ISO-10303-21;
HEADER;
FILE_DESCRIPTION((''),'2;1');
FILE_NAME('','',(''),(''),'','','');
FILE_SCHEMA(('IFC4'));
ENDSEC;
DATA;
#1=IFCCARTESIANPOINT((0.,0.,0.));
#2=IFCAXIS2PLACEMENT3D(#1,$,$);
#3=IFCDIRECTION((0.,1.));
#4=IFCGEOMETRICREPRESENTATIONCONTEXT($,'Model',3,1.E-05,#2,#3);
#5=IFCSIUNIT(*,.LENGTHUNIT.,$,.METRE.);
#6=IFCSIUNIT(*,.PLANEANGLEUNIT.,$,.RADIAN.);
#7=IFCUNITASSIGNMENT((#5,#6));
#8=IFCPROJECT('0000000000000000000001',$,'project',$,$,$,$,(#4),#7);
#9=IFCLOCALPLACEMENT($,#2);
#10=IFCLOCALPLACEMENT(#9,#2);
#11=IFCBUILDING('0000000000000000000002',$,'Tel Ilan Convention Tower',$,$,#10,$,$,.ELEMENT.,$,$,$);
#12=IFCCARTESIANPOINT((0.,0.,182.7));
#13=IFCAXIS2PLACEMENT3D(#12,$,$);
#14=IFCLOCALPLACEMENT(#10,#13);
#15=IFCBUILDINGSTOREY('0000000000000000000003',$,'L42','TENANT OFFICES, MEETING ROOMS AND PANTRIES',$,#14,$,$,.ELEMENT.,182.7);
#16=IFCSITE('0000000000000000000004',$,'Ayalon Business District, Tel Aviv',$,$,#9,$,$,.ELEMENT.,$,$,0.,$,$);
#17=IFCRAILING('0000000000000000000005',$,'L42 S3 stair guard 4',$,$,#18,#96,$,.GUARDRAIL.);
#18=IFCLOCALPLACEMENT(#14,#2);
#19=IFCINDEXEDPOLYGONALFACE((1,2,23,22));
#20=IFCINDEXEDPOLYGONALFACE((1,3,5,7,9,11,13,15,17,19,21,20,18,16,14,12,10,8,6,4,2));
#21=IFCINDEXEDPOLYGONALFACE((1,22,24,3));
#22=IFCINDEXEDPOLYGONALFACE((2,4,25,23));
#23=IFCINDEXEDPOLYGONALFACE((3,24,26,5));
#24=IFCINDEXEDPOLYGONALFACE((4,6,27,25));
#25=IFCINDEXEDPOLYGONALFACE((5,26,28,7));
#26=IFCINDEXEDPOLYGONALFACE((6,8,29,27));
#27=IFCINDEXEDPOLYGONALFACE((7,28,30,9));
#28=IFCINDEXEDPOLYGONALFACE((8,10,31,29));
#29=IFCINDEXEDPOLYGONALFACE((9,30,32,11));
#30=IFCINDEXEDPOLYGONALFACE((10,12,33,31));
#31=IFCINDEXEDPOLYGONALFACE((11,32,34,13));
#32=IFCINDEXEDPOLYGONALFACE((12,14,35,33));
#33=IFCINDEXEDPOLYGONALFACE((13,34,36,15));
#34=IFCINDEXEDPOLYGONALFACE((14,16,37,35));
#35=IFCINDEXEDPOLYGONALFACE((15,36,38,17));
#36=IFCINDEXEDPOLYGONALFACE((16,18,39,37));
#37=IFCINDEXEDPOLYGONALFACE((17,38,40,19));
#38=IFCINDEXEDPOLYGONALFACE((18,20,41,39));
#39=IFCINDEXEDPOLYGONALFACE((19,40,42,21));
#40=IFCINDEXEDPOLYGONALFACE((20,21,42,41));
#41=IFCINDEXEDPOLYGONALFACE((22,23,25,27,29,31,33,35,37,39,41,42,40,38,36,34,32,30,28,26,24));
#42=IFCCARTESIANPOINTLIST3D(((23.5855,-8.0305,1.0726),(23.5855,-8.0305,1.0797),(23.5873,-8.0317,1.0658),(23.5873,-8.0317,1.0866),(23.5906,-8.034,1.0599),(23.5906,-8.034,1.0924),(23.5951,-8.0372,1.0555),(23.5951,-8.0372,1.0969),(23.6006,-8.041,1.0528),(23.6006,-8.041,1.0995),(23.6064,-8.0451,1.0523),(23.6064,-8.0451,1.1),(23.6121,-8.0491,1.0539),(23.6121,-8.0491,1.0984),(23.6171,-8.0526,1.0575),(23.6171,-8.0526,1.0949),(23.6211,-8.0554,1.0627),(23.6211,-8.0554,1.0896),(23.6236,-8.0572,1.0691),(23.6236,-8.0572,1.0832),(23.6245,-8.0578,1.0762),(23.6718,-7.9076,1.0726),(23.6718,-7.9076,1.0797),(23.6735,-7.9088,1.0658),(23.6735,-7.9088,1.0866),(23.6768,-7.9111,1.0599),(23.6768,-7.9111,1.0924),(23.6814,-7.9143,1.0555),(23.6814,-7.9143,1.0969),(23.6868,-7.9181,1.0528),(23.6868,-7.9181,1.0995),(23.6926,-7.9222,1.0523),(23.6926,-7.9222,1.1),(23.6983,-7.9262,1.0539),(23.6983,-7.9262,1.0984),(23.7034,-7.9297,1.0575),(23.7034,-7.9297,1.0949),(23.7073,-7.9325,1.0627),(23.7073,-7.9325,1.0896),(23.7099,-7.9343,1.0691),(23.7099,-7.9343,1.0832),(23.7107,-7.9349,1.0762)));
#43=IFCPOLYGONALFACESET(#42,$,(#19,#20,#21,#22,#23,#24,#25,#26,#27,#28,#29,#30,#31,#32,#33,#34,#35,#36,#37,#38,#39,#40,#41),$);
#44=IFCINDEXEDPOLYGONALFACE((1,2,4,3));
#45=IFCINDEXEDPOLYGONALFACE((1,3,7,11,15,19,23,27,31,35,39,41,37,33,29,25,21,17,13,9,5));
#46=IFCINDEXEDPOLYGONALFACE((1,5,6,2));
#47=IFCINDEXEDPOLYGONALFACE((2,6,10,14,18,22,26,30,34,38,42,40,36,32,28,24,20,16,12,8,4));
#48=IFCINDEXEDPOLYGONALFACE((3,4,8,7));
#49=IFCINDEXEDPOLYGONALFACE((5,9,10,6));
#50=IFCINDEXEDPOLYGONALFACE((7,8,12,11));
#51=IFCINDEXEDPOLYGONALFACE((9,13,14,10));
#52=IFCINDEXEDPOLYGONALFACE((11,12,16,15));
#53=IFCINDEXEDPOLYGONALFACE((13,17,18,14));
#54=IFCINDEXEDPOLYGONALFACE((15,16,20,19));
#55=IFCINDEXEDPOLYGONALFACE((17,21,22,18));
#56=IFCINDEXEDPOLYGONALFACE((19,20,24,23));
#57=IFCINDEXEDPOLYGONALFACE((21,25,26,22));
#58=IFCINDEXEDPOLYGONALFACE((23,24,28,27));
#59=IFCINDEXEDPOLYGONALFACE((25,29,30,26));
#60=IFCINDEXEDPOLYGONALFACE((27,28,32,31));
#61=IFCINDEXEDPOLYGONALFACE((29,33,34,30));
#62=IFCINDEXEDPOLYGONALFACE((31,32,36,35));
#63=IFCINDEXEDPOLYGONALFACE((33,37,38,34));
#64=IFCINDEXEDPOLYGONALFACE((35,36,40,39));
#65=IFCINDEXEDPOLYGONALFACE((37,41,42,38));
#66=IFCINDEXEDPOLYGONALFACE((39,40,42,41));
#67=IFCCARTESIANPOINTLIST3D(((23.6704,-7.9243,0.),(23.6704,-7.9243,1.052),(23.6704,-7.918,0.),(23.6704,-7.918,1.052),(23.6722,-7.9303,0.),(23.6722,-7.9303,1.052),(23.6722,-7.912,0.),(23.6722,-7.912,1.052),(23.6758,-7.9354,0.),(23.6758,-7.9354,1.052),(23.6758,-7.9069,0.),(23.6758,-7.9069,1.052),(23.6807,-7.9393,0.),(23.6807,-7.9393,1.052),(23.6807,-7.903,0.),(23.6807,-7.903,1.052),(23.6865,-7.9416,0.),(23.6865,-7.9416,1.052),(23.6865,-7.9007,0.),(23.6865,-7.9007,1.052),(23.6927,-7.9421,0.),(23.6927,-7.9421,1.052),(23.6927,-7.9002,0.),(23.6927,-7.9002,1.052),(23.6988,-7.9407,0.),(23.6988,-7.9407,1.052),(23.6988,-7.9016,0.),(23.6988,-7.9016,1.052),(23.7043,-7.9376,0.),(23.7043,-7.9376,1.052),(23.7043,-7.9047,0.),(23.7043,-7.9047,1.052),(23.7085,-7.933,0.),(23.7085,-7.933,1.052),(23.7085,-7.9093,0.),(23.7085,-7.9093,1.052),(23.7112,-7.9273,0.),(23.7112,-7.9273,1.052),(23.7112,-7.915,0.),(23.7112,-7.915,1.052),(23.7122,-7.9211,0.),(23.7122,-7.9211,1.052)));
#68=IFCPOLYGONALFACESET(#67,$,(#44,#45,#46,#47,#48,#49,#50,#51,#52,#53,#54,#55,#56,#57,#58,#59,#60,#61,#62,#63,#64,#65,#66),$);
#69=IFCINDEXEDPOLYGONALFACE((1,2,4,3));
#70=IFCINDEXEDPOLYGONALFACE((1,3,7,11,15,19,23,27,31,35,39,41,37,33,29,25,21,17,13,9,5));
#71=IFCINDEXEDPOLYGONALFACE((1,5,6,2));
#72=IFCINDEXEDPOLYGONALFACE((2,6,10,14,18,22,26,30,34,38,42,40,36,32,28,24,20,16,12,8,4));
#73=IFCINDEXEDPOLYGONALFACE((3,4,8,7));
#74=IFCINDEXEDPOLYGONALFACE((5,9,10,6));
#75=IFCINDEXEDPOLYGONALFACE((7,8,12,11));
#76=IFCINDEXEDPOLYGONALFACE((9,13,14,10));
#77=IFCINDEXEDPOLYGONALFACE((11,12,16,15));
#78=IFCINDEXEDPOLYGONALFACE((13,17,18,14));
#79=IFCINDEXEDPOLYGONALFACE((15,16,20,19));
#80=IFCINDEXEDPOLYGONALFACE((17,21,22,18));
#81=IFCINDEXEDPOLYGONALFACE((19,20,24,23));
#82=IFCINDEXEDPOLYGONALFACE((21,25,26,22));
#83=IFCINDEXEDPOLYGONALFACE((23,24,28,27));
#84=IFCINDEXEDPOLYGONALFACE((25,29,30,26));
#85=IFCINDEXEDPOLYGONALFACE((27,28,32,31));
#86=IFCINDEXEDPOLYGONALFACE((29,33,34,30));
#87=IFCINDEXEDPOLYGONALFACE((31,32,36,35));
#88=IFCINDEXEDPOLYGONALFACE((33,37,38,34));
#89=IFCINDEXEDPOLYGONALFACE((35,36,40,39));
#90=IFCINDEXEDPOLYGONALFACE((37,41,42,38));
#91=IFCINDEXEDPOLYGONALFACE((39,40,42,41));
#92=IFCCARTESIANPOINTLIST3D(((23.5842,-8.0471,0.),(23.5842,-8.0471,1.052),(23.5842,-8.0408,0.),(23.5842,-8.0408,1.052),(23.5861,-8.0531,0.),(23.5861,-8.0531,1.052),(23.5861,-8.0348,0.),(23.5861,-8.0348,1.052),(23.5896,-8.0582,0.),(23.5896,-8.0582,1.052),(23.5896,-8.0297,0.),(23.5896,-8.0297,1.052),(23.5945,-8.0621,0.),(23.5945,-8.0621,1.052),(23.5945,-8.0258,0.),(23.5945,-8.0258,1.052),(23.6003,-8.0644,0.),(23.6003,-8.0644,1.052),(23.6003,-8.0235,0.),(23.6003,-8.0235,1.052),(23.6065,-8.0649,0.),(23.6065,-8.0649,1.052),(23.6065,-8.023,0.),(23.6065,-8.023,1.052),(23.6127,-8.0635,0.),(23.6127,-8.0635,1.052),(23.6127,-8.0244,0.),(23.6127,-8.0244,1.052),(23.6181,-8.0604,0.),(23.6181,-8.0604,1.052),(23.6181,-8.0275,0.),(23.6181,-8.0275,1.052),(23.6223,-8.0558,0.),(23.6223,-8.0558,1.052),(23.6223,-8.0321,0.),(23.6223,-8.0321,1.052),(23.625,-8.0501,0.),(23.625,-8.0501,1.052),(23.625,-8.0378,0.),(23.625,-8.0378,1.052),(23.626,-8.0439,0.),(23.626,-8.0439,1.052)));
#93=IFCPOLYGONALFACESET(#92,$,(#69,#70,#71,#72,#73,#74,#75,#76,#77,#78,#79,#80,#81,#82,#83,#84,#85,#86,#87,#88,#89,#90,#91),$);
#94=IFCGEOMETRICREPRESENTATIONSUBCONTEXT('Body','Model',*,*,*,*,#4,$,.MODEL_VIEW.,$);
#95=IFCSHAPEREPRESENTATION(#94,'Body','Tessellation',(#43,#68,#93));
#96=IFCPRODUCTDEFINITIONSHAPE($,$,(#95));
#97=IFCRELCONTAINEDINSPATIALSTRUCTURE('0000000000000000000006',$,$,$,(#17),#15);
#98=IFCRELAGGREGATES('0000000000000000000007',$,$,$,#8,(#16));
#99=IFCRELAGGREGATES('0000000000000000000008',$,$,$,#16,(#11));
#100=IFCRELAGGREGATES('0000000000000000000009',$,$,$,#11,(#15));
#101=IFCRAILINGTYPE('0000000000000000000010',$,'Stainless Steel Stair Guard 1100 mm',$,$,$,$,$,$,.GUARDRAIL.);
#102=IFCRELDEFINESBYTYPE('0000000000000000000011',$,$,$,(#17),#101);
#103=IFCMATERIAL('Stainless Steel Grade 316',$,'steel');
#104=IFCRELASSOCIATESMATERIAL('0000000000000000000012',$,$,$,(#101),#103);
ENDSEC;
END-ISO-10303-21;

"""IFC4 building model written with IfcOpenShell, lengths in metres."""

from ifc_helpers import new_model, si_unit, direction, frame, origin, origin_2d, place, context, subcontext, project, spatial, circle, extrude, material, type_object, element, save


model = new_model("IFC4")

# Units and contexts
model_context = context("Model", 3, precision=1e-05, world=origin(), true_north=direction((0.0, 1.0)))
body_context = subcontext(model_context, "Body", "Model", "MODEL_VIEW")
ifc_project = project(units=[si_unit("LENGTHUNIT", "METRE"), si_unit("PLANEANGLEUNIT", "RADIAN")], contexts=[model_context])

# Site, building, storey
site_placement = place(None, origin())
site = spatial("IfcSite", under=ifc_project, at=site_placement, Name="Ayalon Business District, Tel Aviv", CompositionType="ELEMENT", RefElevation=0.0)
building_placement = place(site_placement, origin())
building = spatial("IfcBuilding", under=site, at=building_placement, Name="Tel Ilan Convention Tower", CompositionType="ELEMENT")
storey_placement = place(building_placement, frame((0.0, 0.0, 182.7)))
storey = spatial("IfcBuildingStorey", under=building, at=storey_placement, Name="L42", Description="TENANT OFFICES, MEETING ROOMS AND PANTRIES", CompositionType="ELEMENT", Elevation=182.7)

# Railing
ifc_material_1 = material(Name="Stainless Steel Grade 316", Category="steel")
railing_type_1 = type_object("IfcRailingType", Name="Stainless Steel Stair Guard 1100 mm", PredefinedType="GUARDRAIL", material=ifc_material_1)
railing_1_placement = place(storey_placement, frame((23.6912, -7.9211, 0.0)))
element("IfcRailing", 1, at=railing_1_placement, inside=storey, type_object=railing_type_1, Name="L42 S3 stair guard 4", PredefinedType="GUARDRAIL", context=body_context, shape_type="SweptSolid", body=[
    extrude(circle(Radius=0.0239, at=origin_2d()), frame((0.0, 0.0, 1.0762), z_axis=(-0.574445, -0.818543, 0.0), x_axis=(0.818543, -0.574445, 0.0)), (0.0, 0.0, 1.0), 0.1501),
    extrude(circle(Radius=0.021, at=origin_2d()), origin(), (0.0, 0.0, 1.0), 1.052),
    extrude(circle(Radius=0.021, at=origin_2d()), frame((-0.0862, -0.1228, 0.0)), (0.0, 0.0, 1.0), 1.052),
])

save(model, "model.ifc")
